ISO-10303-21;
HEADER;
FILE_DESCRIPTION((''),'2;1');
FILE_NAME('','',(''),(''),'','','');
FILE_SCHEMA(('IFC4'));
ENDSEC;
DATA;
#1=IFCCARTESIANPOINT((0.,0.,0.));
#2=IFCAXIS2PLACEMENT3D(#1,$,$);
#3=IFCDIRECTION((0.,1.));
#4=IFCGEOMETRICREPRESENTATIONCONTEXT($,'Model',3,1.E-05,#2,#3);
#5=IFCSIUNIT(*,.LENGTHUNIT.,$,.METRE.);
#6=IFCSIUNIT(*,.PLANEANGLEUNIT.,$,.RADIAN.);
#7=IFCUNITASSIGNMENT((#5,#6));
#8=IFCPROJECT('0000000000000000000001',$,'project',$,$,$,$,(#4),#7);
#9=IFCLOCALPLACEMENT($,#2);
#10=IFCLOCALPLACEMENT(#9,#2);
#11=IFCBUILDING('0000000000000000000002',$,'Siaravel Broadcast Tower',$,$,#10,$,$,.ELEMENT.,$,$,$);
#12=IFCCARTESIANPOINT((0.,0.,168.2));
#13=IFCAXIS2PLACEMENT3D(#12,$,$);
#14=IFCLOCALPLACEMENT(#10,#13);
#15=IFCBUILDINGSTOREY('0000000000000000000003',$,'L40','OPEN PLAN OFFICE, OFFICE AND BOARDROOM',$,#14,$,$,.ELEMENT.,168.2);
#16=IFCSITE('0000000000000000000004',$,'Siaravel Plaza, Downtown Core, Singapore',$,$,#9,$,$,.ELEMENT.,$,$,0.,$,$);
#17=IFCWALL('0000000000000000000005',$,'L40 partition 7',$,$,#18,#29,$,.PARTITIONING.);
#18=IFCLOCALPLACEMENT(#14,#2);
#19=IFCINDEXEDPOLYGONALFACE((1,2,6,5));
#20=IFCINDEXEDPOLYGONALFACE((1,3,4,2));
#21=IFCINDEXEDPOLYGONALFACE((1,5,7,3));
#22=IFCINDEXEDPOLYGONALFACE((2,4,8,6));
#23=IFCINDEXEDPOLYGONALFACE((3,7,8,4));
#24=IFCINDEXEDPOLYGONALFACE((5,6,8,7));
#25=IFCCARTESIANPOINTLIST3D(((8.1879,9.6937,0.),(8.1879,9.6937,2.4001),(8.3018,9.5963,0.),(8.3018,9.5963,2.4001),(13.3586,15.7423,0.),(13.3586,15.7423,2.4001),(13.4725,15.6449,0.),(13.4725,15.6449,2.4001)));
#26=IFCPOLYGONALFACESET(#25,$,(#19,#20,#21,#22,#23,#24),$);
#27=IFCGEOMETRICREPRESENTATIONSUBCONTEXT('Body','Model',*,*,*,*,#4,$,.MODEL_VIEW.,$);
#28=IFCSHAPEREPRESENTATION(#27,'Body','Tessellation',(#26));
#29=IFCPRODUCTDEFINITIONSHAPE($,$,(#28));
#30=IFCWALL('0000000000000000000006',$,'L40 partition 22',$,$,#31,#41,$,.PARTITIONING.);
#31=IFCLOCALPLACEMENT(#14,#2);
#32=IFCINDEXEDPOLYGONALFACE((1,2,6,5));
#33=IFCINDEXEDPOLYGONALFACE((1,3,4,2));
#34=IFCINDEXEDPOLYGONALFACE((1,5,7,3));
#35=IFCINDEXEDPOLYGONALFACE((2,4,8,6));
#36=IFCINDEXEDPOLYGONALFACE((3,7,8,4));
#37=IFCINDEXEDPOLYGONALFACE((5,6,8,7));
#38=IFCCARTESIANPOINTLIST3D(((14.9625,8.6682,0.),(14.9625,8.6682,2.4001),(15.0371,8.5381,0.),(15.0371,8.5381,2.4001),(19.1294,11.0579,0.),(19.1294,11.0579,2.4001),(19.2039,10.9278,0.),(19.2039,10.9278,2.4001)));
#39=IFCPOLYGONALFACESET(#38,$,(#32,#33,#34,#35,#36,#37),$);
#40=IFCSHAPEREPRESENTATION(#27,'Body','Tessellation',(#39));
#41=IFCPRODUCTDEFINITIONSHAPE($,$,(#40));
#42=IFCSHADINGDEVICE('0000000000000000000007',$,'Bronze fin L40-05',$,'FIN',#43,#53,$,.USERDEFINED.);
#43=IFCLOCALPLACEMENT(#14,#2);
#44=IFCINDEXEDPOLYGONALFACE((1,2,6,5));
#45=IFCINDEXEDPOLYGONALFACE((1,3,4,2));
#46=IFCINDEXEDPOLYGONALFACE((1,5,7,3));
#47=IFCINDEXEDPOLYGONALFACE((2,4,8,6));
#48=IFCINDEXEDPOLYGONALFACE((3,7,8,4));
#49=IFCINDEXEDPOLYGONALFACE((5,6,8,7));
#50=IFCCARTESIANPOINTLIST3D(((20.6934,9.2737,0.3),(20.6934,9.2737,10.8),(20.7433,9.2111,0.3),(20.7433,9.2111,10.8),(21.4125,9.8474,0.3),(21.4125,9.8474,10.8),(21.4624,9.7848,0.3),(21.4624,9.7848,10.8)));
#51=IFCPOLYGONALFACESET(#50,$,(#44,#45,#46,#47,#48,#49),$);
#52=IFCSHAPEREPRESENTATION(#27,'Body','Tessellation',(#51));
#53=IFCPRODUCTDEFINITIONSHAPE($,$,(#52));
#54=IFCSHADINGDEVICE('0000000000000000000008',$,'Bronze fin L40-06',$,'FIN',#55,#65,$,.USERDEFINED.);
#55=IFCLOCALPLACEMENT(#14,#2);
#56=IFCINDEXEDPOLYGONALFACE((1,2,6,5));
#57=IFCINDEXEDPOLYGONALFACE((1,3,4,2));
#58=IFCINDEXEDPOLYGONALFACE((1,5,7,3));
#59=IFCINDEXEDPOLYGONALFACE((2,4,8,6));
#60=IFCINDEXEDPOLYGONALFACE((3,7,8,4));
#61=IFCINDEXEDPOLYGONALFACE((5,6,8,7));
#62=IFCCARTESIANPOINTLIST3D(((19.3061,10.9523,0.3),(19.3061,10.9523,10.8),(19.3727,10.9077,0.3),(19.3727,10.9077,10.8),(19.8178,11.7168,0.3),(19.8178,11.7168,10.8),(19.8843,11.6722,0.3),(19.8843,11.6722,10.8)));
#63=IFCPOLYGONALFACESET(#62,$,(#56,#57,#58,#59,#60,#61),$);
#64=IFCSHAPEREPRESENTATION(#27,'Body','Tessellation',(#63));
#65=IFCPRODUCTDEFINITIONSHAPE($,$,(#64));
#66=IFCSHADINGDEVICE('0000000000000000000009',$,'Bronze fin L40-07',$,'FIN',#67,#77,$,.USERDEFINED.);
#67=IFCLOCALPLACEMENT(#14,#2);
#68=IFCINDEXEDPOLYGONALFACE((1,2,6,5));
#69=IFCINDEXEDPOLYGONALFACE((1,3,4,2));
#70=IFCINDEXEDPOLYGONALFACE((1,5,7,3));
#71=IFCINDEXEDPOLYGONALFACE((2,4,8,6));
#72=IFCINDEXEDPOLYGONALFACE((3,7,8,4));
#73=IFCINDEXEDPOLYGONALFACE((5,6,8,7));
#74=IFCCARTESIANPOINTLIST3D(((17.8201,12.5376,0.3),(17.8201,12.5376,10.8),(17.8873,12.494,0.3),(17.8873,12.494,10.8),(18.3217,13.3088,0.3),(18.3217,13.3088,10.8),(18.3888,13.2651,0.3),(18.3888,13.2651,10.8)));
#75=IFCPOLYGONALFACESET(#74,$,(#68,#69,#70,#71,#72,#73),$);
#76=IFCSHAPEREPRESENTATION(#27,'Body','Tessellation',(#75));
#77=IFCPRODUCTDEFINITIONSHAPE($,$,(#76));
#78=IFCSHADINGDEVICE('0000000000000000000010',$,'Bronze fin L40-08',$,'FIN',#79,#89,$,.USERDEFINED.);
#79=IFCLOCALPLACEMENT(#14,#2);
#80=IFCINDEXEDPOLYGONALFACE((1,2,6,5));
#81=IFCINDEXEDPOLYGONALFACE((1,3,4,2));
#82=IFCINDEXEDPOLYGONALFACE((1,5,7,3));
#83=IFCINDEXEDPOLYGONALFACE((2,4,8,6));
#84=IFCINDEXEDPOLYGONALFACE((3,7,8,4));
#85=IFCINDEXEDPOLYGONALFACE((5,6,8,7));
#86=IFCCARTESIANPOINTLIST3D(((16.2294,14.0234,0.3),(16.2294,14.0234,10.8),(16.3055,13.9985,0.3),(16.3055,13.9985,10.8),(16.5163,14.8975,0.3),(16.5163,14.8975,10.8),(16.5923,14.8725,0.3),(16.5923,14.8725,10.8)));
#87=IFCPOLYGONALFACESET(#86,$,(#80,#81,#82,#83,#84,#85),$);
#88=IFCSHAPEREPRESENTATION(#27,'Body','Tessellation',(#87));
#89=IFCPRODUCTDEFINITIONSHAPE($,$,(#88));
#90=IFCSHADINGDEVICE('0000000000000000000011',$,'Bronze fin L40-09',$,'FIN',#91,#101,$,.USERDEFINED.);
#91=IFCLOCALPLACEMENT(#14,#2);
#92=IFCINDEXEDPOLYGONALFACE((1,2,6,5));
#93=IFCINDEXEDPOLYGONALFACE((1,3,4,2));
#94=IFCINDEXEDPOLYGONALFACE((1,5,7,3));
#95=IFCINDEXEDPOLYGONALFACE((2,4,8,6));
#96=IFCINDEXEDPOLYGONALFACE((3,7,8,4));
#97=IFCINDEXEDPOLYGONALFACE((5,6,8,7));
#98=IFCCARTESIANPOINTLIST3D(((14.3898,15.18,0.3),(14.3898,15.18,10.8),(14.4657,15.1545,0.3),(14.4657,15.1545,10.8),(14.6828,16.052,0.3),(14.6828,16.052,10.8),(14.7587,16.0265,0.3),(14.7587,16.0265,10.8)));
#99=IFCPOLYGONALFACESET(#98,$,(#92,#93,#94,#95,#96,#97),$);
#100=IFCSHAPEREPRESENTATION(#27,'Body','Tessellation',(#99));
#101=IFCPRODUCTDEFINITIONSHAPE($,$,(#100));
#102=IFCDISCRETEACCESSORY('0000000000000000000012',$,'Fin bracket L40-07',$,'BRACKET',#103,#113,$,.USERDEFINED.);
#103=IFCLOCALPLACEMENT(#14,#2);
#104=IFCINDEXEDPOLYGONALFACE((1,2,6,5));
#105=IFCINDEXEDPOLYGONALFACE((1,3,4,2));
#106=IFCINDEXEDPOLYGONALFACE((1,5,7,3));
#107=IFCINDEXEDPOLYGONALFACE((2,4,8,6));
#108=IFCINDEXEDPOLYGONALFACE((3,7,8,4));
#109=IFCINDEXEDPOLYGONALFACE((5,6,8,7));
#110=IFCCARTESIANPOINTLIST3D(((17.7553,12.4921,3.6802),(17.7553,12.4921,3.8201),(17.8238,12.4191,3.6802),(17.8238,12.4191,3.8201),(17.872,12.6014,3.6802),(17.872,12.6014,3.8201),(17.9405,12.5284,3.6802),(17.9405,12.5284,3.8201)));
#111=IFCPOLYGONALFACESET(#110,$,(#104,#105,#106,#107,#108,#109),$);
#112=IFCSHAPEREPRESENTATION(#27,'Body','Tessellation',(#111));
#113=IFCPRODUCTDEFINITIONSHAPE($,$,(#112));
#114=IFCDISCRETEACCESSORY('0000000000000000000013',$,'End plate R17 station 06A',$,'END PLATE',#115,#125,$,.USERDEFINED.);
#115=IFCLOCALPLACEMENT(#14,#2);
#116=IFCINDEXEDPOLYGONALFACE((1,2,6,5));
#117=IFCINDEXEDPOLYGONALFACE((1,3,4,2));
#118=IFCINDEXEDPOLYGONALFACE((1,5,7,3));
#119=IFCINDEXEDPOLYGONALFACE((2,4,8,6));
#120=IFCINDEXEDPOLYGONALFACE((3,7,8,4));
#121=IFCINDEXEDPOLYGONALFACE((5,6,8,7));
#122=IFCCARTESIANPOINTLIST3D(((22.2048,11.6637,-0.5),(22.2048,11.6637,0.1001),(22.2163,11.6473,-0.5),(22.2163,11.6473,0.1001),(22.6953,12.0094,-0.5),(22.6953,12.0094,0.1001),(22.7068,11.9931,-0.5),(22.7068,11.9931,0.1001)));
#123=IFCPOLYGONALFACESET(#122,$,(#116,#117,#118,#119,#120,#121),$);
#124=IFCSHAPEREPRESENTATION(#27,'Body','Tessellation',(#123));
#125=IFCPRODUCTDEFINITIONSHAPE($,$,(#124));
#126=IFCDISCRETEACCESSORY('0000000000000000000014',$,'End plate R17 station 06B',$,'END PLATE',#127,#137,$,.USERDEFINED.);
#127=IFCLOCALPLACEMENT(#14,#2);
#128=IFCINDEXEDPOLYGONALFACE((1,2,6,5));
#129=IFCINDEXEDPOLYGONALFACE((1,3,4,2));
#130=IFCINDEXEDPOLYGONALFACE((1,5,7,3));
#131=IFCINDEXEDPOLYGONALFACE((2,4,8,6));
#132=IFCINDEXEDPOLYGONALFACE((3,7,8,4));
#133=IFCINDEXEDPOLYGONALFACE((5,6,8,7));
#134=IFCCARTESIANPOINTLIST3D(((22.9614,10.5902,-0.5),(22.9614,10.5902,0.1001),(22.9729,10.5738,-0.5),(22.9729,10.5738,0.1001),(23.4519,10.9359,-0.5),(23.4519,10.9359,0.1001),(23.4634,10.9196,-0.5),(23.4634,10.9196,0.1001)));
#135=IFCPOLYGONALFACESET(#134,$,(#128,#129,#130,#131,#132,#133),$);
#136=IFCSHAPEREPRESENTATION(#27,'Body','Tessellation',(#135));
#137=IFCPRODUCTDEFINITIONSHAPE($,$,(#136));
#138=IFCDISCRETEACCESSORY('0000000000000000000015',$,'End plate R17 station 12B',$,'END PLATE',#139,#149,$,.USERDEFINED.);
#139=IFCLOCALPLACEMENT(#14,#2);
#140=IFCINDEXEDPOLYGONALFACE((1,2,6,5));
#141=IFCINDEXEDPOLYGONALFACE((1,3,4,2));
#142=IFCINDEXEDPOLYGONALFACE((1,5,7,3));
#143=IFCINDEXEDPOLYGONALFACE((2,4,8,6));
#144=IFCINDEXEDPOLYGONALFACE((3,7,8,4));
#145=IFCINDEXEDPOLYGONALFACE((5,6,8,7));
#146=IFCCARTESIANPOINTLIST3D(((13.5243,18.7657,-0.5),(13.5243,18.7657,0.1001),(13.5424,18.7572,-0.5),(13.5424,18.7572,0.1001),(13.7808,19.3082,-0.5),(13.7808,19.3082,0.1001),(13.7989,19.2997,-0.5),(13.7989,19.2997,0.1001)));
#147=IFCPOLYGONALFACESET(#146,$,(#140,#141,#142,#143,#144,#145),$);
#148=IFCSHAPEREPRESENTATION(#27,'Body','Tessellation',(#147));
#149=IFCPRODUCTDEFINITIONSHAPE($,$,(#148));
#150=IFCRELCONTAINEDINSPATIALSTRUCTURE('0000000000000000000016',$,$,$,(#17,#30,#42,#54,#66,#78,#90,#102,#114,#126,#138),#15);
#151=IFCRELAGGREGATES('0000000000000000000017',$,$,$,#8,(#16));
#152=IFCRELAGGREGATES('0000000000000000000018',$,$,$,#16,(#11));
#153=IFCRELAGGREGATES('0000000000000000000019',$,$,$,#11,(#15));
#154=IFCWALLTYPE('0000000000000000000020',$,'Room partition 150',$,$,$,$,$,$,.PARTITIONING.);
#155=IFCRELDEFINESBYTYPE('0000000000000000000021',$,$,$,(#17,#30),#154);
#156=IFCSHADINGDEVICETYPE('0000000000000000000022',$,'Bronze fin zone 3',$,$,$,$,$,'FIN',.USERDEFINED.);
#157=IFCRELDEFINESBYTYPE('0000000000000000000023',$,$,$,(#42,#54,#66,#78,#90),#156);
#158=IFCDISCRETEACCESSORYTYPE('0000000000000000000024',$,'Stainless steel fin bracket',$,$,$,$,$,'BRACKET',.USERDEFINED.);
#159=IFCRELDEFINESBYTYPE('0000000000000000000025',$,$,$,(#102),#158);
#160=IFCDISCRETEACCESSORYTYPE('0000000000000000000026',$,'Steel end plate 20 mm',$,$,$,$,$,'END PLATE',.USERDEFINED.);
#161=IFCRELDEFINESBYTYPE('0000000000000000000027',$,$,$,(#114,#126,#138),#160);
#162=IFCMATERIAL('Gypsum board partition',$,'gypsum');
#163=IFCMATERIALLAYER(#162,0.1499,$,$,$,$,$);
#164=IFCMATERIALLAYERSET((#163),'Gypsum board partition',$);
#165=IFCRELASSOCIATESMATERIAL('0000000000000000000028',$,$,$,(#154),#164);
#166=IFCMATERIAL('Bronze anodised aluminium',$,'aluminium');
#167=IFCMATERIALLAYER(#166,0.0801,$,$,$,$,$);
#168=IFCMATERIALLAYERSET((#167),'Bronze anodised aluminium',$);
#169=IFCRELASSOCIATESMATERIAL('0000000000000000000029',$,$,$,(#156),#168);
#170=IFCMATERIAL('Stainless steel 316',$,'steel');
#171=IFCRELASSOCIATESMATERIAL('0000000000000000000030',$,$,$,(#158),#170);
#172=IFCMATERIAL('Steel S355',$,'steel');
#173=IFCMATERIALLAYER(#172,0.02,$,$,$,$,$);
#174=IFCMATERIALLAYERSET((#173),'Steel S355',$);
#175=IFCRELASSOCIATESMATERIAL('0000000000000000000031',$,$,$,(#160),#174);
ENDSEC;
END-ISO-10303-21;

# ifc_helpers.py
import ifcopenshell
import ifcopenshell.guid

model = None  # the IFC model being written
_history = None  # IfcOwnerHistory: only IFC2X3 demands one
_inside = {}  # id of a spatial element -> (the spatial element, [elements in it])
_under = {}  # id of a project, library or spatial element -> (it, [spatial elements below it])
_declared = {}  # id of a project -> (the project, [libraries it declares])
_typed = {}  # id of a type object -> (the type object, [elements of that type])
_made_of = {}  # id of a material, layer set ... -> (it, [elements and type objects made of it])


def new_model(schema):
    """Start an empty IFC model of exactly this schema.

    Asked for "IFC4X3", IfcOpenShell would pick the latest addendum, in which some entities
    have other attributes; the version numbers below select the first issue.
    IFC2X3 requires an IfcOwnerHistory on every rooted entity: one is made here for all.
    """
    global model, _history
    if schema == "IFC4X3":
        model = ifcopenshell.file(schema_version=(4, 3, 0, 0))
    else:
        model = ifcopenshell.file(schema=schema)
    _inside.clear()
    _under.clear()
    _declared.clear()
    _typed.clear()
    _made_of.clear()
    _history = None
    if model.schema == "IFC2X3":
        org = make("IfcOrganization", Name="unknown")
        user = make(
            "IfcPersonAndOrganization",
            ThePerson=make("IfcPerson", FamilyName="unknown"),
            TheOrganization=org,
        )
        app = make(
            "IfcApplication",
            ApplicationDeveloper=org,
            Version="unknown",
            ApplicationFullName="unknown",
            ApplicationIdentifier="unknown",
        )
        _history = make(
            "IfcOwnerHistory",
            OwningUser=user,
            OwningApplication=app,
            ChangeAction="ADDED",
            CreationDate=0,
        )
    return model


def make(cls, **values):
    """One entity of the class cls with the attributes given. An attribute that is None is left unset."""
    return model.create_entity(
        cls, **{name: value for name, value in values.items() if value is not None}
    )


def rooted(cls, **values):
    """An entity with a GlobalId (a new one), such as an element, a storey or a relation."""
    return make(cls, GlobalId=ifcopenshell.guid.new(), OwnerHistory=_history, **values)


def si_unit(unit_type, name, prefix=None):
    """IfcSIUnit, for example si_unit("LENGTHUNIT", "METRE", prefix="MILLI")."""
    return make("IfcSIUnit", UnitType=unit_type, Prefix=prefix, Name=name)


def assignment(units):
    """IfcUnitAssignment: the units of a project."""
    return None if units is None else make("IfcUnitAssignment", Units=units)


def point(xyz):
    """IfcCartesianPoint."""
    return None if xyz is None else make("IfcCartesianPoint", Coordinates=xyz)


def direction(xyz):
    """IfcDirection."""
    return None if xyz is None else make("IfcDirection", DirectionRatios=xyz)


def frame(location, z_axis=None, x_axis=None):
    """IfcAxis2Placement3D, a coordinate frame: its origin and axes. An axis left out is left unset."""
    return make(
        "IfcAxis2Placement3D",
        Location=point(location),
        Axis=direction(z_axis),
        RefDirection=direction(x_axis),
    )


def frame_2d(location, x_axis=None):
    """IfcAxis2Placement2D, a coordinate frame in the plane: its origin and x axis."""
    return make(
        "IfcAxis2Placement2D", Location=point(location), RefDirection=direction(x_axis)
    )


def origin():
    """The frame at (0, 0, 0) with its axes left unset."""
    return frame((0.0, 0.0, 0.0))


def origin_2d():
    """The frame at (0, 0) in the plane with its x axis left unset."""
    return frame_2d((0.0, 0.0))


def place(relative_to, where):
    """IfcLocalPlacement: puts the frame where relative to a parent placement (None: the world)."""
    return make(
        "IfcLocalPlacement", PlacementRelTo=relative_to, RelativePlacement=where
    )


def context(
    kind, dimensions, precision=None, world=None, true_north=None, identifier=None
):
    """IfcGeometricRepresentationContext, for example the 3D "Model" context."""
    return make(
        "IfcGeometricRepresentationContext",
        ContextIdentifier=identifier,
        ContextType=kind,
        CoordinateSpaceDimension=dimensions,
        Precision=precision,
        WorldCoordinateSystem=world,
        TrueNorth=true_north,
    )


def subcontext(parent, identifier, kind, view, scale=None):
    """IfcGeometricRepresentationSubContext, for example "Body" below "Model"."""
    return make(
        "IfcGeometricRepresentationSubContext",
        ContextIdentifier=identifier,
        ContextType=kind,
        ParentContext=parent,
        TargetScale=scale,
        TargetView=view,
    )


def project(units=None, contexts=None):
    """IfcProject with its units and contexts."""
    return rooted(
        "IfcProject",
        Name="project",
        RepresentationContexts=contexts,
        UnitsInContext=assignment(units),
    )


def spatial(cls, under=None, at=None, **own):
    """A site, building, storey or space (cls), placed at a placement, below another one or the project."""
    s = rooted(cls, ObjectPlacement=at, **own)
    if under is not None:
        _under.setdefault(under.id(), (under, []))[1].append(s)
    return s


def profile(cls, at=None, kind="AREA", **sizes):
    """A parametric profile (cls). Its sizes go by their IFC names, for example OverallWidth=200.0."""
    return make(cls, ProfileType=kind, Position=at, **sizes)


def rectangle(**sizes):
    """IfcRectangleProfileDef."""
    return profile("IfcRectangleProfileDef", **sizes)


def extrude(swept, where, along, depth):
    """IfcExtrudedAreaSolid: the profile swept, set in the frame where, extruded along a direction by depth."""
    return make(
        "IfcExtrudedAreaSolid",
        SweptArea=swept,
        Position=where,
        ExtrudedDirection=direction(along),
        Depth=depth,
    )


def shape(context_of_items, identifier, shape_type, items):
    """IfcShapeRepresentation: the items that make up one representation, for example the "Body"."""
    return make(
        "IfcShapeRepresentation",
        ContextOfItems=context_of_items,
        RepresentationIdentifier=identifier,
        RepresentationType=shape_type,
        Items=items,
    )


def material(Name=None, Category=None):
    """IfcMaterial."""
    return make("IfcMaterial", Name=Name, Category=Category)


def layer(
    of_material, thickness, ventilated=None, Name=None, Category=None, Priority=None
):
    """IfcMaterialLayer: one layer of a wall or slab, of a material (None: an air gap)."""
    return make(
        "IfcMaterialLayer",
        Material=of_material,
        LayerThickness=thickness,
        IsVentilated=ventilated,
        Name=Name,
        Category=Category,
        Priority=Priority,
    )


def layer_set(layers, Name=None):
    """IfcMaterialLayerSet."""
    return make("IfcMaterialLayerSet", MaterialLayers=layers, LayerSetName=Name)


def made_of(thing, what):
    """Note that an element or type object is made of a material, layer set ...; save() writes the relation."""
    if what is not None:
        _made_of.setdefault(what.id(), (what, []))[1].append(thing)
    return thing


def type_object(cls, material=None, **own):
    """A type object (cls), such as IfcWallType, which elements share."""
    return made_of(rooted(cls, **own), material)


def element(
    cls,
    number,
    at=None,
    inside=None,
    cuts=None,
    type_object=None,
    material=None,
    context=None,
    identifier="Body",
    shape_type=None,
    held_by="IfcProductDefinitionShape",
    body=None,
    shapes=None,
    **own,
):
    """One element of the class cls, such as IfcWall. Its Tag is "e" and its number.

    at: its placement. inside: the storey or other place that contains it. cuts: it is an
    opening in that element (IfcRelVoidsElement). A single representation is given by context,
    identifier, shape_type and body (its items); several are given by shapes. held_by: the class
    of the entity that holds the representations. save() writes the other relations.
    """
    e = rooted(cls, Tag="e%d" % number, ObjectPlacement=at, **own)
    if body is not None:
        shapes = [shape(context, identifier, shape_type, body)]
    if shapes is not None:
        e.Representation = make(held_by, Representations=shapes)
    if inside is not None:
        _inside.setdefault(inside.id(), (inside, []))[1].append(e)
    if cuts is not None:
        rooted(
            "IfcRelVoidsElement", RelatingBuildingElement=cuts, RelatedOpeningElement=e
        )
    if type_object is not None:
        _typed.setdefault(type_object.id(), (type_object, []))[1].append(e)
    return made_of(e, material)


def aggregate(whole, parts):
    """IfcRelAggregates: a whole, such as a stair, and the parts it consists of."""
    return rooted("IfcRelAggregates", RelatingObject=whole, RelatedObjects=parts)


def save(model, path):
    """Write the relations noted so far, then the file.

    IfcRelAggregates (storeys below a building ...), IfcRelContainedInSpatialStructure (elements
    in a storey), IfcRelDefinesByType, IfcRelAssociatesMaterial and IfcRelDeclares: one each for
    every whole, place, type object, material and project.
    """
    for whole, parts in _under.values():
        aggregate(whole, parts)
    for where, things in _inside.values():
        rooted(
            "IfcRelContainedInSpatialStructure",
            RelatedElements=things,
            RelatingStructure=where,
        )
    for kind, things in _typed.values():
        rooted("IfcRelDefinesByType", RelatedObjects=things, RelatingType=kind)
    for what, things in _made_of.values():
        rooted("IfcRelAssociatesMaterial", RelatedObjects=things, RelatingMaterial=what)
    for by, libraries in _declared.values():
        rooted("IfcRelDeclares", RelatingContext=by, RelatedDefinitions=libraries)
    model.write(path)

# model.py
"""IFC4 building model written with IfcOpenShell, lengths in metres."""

from ifc_helpers import new_model, si_unit, direction, frame, frame_2d, origin, origin_2d, place, context, subcontext, project, spatial, rectangle, extrude, material, layer, layer_set, type_object, element, save


model = new_model("IFC4")

# Units and contexts
model_context = context("Model", 3, precision=1e-05, world=origin(), true_north=direction((0.0, 1.0)))
body_context = subcontext(model_context, "Body", "Model", "MODEL_VIEW")
ifc_project = project(units=[si_unit("LENGTHUNIT", "METRE"), si_unit("PLANEANGLEUNIT", "RADIAN")], contexts=[model_context])

# Site, building, storey
site_placement = place(None, origin())
site = spatial("IfcSite", under=ifc_project, at=site_placement, Name="Siaravel Plaza, Downtown Core, Singapore", CompositionType="ELEMENT", RefElevation=0.0)
building_placement = place(site_placement, origin())
building = spatial("IfcBuilding", under=site, at=building_placement, Name="Siaravel Broadcast Tower", CompositionType="ELEMENT")
storey_placement = place(building_placement, frame((0.0, 0.0, 168.2)))
storey = spatial("IfcBuildingStorey", under=building, at=storey_placement, Name="L40", Description="OPEN PLAN OFFICE, OFFICE AND BOARDROOM", CompositionType="ELEMENT", Elevation=168.2)

# Shared definitions
ifc_material_1 = material(Name="Steel S355", Category="steel")

# Walls
ifc_material_2 = material(Name="Gypsum board partition", Category="gypsum")
ifc_layer_1 = layer(ifc_material_2, 0.1499)
ifc_layer_set_1 = layer_set([ifc_layer_1], Name="Gypsum board partition")
wall_type_1 = type_object("IfcWallType", Name="Room partition 150", PredefinedType="PARTITIONING", material=ifc_layer_set_1)
wall_1_placement = place(storey_placement, frame((13.4155, 15.6936, 0.0), z_axis=(0.0, 0.0, 1.0), x_axis=(-0.649788, -0.760116, 0.0)))
element("IfcWall", 1, at=wall_1_placement, inside=storey, type_object=wall_type_1, Name="L40 partition 7", PredefinedType="PARTITIONING", context=body_context, shape_type="SweptSolid", body=[
    extrude(rectangle(XDim=7.9575, YDim=0.1499, at=frame_2d((3.9788, 0.0))), origin(), (0.0, 0.0, 1.0), 2.4001),
])
wall_2_placement = place(storey_placement, frame((19.1667, 10.9929, 0.0), z_axis=(0.0, 0.0, 1.0), x_axis=(-0.867466, -0.497496, 0.0)))
element("IfcWall", 2, at=wall_2_placement, inside=storey, type_object=wall_type_1, Name="L40 partition 22", PredefinedType="PARTITIONING", context=body_context, shape_type="SweptSolid", body=[
    extrude(rectangle(XDim=4.8035, YDim=0.1499, at=frame_2d((2.4019, 0.0))), origin(), (0.0, 0.0, 1.0), 2.4001),
])

# Shading devices
ifc_material_3 = material(Name="Bronze anodised aluminium", Category="aluminium")
ifc_layer_2 = layer(ifc_material_3, 0.0801)
ifc_layer_set_2 = layer_set([ifc_layer_2], Name="Bronze anodised aluminium")
shading_device_type = type_object("IfcShadingDeviceType", Name="Bronze fin zone 3", ElementType="FIN", PredefinedType="USERDEFINED", material=ifc_layer_set_2)
for number, where, z_axis, x_axis, name in (
    (3, (21.0779, 9.5293, 0.3), (0.0, 0.0, 1.0), (0.781709, 0.623644, 0.0), "Bronze fin L40-05"),
    (4, (19.5952, 11.3123, 0.3), (0.0, 0.0, 1.0), (0.556161, 0.831075, 0.0), "Bronze fin L40-06"),
    (5, (18.1045, 12.9014, 0.3), (0.0, 0.0, 1.0), (0.545229, 0.838287, 0.0), "Bronze fin L40-07"),
    (6, (16.4109, 14.448, 0.3), (0.0, 0.0, 1.0), (0.311786, 0.950152, 0.0), "Bronze fin L40-08"),
    (7, (14.5742, 15.6033, 0.3), (0.0, 0.0, 1.0), (0.318475, 0.947931, 0.0), "Bronze fin L40-09"),
):
    element("IfcShadingDevice", number, at=place(storey_placement, frame(where, z_axis=z_axis, x_axis=x_axis)), inside=storey, type_object=shading_device_type, Name=name, ObjectType="FIN", PredefinedType="USERDEFINED", context=body_context, shape_type="SweptSolid", body=[
        extrude(rectangle(XDim=0.9199, YDim=0.0801, at=origin_2d()), origin(), (0.0, 0.0, 1.0), 10.5),
    ])

# Discrete accessories
ifc_material_4 = material(Name="Stainless steel 316", Category="steel")
discrete_accessory_type_1 = type_object("IfcDiscreteAccessoryType", Name="Stainless steel fin bracket", ElementType="BRACKET", PredefinedType="USERDEFINED", material=ifc_material_4)
discrete_accessory_placement = place(storey_placement, frame((17.8479, 12.5103, 3.6802), z_axis=(0.0, 0.0, 1.0), x_axis=(0.729804, 0.683656, 0.0)))
element("IfcDiscreteAccessory", 8, at=discrete_accessory_placement, inside=storey, type_object=discrete_accessory_type_1, Name="Fin bracket L40-07", ObjectType="BRACKET", PredefinedType="USERDEFINED", context=body_context, shape_type="SweptSolid", body=[
    extrude(rectangle(XDim=0.1599, YDim=0.1001, at=origin_2d()), origin(), (0.0, 0.0, 1.0), 0.1399),
])
ifc_layer_3 = layer(ifc_material_1, 0.02)
ifc_layer_set_3 = layer_set([ifc_layer_3], Name="Steel S355")
discrete_accessory_type_2 = type_object("IfcDiscreteAccessoryType", Name="Steel end plate 20 mm", ElementType="END PLATE", PredefinedType="USERDEFINED", material=ifc_layer_set_3)
for number, where, z_axis, x_axis, name in (
    (9, (22.4558, 11.8284, -0.5), (0.0, 0.0, 1.0), (-0.576119, 0.817366, 0.0), "End plate R17 station 06A"),
    (10, (23.2124, 10.7549, -0.5), (0.0, 0.0, 1.0), (-0.576119, 0.817366, 0.0), "End plate R17 station 06B"),
    (11, (13.6616, 19.0327, -0.5), (0.0, 0.0, 1.0), (-0.904006, 0.427519, 0.0), "End plate R17 station 12B"),
):
    element("IfcDiscreteAccessory", number, at=place(storey_placement, frame(where, z_axis=z_axis, x_axis=x_axis)), inside=storey, type_object=discrete_accessory_type_2, Name=name, ObjectType="END PLATE", PredefinedType="USERDEFINED", context=body_context, shape_type="SweptSolid", body=[
        extrude(rectangle(XDim=0.02, YDim=0.6001, at=origin_2d()), origin(), (0.0, 0.0, 1.0), 0.6001),
    ])

save(model, "model.ifc")
